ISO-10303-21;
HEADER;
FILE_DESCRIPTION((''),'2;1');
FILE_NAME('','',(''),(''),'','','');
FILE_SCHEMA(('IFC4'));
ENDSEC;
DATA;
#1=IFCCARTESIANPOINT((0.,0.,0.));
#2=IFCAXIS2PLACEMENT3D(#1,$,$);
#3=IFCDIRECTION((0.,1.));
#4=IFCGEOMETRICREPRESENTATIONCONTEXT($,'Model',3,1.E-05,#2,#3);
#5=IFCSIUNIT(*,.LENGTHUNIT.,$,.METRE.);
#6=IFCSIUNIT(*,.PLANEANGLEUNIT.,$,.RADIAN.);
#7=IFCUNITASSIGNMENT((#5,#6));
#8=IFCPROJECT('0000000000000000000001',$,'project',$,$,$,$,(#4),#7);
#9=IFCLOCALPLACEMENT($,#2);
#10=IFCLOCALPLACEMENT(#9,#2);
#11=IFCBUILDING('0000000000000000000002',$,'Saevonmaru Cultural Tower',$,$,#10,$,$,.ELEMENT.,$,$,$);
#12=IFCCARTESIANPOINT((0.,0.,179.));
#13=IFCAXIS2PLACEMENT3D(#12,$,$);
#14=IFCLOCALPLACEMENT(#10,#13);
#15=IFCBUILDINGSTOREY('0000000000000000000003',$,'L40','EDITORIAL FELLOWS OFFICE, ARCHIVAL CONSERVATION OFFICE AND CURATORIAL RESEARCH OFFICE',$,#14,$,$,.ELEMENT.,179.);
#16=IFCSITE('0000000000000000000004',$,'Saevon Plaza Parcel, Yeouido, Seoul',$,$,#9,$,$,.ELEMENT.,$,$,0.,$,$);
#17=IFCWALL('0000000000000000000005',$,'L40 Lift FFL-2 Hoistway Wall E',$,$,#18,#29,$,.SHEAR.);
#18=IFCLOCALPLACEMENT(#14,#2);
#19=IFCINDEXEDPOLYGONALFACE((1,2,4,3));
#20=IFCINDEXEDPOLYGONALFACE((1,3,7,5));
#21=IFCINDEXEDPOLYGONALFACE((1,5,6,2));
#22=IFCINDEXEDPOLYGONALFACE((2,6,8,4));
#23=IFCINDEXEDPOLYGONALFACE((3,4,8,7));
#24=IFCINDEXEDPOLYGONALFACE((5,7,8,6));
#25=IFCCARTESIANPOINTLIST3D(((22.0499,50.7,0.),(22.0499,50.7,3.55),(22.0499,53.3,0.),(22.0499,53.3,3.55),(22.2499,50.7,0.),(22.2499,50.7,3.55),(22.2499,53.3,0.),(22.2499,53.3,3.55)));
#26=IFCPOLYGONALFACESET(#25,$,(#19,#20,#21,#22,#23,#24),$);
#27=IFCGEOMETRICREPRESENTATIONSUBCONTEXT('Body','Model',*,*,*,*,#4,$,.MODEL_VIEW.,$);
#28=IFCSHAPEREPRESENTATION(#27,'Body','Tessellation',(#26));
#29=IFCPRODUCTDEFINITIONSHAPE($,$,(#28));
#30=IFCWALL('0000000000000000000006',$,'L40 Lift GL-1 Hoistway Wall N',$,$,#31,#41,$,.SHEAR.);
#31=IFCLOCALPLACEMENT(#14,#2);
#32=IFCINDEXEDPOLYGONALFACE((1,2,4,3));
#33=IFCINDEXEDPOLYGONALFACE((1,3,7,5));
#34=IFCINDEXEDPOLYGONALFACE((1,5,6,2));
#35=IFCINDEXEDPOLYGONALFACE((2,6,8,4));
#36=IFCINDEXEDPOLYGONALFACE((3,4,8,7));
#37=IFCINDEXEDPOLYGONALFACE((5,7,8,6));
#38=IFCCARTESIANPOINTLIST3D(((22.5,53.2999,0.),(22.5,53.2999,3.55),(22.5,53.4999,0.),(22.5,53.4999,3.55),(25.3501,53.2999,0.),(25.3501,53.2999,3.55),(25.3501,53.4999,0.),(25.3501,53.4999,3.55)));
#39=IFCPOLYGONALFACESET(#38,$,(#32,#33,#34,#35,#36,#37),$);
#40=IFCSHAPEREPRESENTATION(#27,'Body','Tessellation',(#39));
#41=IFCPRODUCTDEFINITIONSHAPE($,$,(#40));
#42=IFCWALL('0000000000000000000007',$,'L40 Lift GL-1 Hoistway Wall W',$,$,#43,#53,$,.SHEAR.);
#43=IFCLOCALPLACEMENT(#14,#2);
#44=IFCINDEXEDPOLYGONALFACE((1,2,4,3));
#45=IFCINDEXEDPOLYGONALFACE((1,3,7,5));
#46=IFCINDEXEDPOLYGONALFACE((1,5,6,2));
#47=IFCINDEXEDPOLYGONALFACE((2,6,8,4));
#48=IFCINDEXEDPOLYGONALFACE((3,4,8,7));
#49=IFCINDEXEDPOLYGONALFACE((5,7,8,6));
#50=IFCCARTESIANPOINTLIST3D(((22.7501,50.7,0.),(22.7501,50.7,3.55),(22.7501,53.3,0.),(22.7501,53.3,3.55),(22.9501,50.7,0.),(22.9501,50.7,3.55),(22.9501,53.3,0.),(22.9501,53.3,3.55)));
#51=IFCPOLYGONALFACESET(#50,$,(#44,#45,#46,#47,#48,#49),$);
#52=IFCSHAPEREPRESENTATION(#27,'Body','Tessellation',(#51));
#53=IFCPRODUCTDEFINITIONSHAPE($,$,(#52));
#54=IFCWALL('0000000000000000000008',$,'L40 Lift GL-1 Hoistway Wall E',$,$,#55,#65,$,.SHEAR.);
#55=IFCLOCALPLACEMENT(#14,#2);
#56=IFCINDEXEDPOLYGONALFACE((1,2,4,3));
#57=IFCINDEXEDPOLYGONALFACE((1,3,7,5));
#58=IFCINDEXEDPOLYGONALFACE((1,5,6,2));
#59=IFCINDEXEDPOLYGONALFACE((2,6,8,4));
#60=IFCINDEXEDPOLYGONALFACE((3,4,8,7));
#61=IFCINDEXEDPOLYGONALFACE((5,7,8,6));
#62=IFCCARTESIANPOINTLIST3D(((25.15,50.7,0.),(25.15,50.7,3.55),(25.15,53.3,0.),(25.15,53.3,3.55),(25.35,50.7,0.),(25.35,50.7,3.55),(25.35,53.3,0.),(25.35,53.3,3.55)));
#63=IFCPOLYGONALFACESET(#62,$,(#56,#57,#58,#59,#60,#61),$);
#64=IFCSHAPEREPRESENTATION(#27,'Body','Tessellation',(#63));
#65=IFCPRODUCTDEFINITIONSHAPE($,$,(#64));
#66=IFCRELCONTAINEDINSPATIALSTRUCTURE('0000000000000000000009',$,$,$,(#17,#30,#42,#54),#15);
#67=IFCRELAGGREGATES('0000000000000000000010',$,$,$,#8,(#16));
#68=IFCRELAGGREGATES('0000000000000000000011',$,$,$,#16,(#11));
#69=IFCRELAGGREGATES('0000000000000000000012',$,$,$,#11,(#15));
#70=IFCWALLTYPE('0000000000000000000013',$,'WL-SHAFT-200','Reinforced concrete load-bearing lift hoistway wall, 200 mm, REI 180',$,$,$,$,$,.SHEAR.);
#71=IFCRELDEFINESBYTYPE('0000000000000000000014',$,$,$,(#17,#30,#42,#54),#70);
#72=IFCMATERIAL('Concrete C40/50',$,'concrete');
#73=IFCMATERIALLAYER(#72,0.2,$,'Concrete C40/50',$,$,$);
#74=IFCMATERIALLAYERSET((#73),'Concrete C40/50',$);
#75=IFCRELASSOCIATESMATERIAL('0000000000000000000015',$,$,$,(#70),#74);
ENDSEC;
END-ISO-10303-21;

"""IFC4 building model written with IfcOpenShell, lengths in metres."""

from ifc_helpers import new_model, si_unit, direction, frame, frame_2d, origin, place, context, subcontext, project, spatial, rectangle, extrude, material, layer, layer_set, type_object, element, save


model = new_model("IFC4")

# Units and contexts
model_context = context("Model", 3, precision=1e-05, world=origin(), true_north=direction((0.0, 1.0)))
body_context = subcontext(model_context, "Body", "Model", "MODEL_VIEW")
ifc_project = project(units=[si_unit("LENGTHUNIT", "METRE"), si_unit("PLANEANGLEUNIT", "RADIAN")], contexts=[model_context])

# Site, building, storey
site_placement = place(None, origin())
site = spatial("IfcSite", under=ifc_project, at=site_placement, Name="Saevon Plaza Parcel, Yeouido, Seoul", CompositionType="ELEMENT", RefElevation=0.0)
building_placement = place(site_placement, origin())
building = spatial("IfcBuilding", under=site, at=building_placement, Name="Saevonmaru Cultural Tower", CompositionType="ELEMENT")
storey_placement = place(building_placement, frame((0.0, 0.0, 179.0)))
storey = spatial("IfcBuildingStorey", under=building, at=storey_placement, Name="L40", Description="EDITORIAL FELLOWS OFFICE, ARCHIVAL CONSERVATION OFFICE AND CURATORIAL RESEARCH OFFICE", CompositionType="ELEMENT", Elevation=179.0)

# Walls
ifc_material_1 = material(Name="Concrete C40/50", Category="concrete")
ifc_layer_1 = layer(ifc_material_1, 0.2, Name="Concrete C40/50")
ifc_layer_set_1 = layer_set([ifc_layer_1], Name="Concrete C40/50")
wall_type_1 = type_object("IfcWallType", Name="WL-SHAFT-200", Description="Reinforced concrete load-bearing lift hoistway wall, 200 mm, REI 180", PredefinedType="SHEAR", material=ifc_layer_set_1)
for number, where, z_axis, x_axis, name in (
    (1, (22.1499, 50.7, 0.0), (0.0, 0.0, 1.0), (0.0, 1.0, 0.0), "L40 Lift FFL-2 Hoistway Wall E"),
):
    element("IfcWall", number, at=place(storey_placement, frame(where, z_axis=z_axis, x_axis=x_axis)), inside=storey, type_object=wall_type_1, Name=name, PredefinedType="SHEAR", context=body_context, shape_type="SweptSolid", body=[
        extrude(rectangle(XDim=2.6001, YDim=0.2, at=frame_2d((1.3, 0.0))), origin(), (0.0, 0.0, 1.0), 3.55),
    ])
wall_1_placement = place(storey_placement, frame((22.5, 53.3999, 0.0), z_axis=(0.0, 0.0, 1.0), x_axis=(1.0, 0.0, 0.0)))
element("IfcWall", 2, at=wall_1_placement, inside=storey, type_object=wall_type_1, Name="L40 Lift GL-1 Hoistway Wall N", PredefinedType="SHEAR", context=body_context, shape_type="SweptSolid", body=[
    extrude(rectangle(XDim=2.8501, YDim=0.2, at=frame_2d((1.425, 0.0))), origin(), (0.0, 0.0, 1.0), 3.55),
])
for number, where, z_axis, x_axis, name in (
    (3, (22.8501, 50.7, 0.0), (0.0, 0.0, 1.0), (0.0, 1.0, 0.0), "L40 Lift GL-1 Hoistway Wall W"),
    (4, (25.25, 50.7, 0.0), (0.0, 0.0, 1.0), (0.0, 1.0, 0.0), "L40 Lift GL-1 Hoistway Wall E"),
):
    element("IfcWall", number, at=place(storey_placement, frame(where, z_axis=z_axis, x_axis=x_axis)), inside=storey, type_object=wall_type_1, Name=name, PredefinedType="SHEAR", context=body_context, shape_type="SweptSolid", body=[
        extrude(rectangle(XDim=2.6001, YDim=0.2, at=frame_2d((1.3, 0.0))), origin(), (0.0, 0.0, 1.0), 3.55),
    ])

save(model, "model.ifc")
